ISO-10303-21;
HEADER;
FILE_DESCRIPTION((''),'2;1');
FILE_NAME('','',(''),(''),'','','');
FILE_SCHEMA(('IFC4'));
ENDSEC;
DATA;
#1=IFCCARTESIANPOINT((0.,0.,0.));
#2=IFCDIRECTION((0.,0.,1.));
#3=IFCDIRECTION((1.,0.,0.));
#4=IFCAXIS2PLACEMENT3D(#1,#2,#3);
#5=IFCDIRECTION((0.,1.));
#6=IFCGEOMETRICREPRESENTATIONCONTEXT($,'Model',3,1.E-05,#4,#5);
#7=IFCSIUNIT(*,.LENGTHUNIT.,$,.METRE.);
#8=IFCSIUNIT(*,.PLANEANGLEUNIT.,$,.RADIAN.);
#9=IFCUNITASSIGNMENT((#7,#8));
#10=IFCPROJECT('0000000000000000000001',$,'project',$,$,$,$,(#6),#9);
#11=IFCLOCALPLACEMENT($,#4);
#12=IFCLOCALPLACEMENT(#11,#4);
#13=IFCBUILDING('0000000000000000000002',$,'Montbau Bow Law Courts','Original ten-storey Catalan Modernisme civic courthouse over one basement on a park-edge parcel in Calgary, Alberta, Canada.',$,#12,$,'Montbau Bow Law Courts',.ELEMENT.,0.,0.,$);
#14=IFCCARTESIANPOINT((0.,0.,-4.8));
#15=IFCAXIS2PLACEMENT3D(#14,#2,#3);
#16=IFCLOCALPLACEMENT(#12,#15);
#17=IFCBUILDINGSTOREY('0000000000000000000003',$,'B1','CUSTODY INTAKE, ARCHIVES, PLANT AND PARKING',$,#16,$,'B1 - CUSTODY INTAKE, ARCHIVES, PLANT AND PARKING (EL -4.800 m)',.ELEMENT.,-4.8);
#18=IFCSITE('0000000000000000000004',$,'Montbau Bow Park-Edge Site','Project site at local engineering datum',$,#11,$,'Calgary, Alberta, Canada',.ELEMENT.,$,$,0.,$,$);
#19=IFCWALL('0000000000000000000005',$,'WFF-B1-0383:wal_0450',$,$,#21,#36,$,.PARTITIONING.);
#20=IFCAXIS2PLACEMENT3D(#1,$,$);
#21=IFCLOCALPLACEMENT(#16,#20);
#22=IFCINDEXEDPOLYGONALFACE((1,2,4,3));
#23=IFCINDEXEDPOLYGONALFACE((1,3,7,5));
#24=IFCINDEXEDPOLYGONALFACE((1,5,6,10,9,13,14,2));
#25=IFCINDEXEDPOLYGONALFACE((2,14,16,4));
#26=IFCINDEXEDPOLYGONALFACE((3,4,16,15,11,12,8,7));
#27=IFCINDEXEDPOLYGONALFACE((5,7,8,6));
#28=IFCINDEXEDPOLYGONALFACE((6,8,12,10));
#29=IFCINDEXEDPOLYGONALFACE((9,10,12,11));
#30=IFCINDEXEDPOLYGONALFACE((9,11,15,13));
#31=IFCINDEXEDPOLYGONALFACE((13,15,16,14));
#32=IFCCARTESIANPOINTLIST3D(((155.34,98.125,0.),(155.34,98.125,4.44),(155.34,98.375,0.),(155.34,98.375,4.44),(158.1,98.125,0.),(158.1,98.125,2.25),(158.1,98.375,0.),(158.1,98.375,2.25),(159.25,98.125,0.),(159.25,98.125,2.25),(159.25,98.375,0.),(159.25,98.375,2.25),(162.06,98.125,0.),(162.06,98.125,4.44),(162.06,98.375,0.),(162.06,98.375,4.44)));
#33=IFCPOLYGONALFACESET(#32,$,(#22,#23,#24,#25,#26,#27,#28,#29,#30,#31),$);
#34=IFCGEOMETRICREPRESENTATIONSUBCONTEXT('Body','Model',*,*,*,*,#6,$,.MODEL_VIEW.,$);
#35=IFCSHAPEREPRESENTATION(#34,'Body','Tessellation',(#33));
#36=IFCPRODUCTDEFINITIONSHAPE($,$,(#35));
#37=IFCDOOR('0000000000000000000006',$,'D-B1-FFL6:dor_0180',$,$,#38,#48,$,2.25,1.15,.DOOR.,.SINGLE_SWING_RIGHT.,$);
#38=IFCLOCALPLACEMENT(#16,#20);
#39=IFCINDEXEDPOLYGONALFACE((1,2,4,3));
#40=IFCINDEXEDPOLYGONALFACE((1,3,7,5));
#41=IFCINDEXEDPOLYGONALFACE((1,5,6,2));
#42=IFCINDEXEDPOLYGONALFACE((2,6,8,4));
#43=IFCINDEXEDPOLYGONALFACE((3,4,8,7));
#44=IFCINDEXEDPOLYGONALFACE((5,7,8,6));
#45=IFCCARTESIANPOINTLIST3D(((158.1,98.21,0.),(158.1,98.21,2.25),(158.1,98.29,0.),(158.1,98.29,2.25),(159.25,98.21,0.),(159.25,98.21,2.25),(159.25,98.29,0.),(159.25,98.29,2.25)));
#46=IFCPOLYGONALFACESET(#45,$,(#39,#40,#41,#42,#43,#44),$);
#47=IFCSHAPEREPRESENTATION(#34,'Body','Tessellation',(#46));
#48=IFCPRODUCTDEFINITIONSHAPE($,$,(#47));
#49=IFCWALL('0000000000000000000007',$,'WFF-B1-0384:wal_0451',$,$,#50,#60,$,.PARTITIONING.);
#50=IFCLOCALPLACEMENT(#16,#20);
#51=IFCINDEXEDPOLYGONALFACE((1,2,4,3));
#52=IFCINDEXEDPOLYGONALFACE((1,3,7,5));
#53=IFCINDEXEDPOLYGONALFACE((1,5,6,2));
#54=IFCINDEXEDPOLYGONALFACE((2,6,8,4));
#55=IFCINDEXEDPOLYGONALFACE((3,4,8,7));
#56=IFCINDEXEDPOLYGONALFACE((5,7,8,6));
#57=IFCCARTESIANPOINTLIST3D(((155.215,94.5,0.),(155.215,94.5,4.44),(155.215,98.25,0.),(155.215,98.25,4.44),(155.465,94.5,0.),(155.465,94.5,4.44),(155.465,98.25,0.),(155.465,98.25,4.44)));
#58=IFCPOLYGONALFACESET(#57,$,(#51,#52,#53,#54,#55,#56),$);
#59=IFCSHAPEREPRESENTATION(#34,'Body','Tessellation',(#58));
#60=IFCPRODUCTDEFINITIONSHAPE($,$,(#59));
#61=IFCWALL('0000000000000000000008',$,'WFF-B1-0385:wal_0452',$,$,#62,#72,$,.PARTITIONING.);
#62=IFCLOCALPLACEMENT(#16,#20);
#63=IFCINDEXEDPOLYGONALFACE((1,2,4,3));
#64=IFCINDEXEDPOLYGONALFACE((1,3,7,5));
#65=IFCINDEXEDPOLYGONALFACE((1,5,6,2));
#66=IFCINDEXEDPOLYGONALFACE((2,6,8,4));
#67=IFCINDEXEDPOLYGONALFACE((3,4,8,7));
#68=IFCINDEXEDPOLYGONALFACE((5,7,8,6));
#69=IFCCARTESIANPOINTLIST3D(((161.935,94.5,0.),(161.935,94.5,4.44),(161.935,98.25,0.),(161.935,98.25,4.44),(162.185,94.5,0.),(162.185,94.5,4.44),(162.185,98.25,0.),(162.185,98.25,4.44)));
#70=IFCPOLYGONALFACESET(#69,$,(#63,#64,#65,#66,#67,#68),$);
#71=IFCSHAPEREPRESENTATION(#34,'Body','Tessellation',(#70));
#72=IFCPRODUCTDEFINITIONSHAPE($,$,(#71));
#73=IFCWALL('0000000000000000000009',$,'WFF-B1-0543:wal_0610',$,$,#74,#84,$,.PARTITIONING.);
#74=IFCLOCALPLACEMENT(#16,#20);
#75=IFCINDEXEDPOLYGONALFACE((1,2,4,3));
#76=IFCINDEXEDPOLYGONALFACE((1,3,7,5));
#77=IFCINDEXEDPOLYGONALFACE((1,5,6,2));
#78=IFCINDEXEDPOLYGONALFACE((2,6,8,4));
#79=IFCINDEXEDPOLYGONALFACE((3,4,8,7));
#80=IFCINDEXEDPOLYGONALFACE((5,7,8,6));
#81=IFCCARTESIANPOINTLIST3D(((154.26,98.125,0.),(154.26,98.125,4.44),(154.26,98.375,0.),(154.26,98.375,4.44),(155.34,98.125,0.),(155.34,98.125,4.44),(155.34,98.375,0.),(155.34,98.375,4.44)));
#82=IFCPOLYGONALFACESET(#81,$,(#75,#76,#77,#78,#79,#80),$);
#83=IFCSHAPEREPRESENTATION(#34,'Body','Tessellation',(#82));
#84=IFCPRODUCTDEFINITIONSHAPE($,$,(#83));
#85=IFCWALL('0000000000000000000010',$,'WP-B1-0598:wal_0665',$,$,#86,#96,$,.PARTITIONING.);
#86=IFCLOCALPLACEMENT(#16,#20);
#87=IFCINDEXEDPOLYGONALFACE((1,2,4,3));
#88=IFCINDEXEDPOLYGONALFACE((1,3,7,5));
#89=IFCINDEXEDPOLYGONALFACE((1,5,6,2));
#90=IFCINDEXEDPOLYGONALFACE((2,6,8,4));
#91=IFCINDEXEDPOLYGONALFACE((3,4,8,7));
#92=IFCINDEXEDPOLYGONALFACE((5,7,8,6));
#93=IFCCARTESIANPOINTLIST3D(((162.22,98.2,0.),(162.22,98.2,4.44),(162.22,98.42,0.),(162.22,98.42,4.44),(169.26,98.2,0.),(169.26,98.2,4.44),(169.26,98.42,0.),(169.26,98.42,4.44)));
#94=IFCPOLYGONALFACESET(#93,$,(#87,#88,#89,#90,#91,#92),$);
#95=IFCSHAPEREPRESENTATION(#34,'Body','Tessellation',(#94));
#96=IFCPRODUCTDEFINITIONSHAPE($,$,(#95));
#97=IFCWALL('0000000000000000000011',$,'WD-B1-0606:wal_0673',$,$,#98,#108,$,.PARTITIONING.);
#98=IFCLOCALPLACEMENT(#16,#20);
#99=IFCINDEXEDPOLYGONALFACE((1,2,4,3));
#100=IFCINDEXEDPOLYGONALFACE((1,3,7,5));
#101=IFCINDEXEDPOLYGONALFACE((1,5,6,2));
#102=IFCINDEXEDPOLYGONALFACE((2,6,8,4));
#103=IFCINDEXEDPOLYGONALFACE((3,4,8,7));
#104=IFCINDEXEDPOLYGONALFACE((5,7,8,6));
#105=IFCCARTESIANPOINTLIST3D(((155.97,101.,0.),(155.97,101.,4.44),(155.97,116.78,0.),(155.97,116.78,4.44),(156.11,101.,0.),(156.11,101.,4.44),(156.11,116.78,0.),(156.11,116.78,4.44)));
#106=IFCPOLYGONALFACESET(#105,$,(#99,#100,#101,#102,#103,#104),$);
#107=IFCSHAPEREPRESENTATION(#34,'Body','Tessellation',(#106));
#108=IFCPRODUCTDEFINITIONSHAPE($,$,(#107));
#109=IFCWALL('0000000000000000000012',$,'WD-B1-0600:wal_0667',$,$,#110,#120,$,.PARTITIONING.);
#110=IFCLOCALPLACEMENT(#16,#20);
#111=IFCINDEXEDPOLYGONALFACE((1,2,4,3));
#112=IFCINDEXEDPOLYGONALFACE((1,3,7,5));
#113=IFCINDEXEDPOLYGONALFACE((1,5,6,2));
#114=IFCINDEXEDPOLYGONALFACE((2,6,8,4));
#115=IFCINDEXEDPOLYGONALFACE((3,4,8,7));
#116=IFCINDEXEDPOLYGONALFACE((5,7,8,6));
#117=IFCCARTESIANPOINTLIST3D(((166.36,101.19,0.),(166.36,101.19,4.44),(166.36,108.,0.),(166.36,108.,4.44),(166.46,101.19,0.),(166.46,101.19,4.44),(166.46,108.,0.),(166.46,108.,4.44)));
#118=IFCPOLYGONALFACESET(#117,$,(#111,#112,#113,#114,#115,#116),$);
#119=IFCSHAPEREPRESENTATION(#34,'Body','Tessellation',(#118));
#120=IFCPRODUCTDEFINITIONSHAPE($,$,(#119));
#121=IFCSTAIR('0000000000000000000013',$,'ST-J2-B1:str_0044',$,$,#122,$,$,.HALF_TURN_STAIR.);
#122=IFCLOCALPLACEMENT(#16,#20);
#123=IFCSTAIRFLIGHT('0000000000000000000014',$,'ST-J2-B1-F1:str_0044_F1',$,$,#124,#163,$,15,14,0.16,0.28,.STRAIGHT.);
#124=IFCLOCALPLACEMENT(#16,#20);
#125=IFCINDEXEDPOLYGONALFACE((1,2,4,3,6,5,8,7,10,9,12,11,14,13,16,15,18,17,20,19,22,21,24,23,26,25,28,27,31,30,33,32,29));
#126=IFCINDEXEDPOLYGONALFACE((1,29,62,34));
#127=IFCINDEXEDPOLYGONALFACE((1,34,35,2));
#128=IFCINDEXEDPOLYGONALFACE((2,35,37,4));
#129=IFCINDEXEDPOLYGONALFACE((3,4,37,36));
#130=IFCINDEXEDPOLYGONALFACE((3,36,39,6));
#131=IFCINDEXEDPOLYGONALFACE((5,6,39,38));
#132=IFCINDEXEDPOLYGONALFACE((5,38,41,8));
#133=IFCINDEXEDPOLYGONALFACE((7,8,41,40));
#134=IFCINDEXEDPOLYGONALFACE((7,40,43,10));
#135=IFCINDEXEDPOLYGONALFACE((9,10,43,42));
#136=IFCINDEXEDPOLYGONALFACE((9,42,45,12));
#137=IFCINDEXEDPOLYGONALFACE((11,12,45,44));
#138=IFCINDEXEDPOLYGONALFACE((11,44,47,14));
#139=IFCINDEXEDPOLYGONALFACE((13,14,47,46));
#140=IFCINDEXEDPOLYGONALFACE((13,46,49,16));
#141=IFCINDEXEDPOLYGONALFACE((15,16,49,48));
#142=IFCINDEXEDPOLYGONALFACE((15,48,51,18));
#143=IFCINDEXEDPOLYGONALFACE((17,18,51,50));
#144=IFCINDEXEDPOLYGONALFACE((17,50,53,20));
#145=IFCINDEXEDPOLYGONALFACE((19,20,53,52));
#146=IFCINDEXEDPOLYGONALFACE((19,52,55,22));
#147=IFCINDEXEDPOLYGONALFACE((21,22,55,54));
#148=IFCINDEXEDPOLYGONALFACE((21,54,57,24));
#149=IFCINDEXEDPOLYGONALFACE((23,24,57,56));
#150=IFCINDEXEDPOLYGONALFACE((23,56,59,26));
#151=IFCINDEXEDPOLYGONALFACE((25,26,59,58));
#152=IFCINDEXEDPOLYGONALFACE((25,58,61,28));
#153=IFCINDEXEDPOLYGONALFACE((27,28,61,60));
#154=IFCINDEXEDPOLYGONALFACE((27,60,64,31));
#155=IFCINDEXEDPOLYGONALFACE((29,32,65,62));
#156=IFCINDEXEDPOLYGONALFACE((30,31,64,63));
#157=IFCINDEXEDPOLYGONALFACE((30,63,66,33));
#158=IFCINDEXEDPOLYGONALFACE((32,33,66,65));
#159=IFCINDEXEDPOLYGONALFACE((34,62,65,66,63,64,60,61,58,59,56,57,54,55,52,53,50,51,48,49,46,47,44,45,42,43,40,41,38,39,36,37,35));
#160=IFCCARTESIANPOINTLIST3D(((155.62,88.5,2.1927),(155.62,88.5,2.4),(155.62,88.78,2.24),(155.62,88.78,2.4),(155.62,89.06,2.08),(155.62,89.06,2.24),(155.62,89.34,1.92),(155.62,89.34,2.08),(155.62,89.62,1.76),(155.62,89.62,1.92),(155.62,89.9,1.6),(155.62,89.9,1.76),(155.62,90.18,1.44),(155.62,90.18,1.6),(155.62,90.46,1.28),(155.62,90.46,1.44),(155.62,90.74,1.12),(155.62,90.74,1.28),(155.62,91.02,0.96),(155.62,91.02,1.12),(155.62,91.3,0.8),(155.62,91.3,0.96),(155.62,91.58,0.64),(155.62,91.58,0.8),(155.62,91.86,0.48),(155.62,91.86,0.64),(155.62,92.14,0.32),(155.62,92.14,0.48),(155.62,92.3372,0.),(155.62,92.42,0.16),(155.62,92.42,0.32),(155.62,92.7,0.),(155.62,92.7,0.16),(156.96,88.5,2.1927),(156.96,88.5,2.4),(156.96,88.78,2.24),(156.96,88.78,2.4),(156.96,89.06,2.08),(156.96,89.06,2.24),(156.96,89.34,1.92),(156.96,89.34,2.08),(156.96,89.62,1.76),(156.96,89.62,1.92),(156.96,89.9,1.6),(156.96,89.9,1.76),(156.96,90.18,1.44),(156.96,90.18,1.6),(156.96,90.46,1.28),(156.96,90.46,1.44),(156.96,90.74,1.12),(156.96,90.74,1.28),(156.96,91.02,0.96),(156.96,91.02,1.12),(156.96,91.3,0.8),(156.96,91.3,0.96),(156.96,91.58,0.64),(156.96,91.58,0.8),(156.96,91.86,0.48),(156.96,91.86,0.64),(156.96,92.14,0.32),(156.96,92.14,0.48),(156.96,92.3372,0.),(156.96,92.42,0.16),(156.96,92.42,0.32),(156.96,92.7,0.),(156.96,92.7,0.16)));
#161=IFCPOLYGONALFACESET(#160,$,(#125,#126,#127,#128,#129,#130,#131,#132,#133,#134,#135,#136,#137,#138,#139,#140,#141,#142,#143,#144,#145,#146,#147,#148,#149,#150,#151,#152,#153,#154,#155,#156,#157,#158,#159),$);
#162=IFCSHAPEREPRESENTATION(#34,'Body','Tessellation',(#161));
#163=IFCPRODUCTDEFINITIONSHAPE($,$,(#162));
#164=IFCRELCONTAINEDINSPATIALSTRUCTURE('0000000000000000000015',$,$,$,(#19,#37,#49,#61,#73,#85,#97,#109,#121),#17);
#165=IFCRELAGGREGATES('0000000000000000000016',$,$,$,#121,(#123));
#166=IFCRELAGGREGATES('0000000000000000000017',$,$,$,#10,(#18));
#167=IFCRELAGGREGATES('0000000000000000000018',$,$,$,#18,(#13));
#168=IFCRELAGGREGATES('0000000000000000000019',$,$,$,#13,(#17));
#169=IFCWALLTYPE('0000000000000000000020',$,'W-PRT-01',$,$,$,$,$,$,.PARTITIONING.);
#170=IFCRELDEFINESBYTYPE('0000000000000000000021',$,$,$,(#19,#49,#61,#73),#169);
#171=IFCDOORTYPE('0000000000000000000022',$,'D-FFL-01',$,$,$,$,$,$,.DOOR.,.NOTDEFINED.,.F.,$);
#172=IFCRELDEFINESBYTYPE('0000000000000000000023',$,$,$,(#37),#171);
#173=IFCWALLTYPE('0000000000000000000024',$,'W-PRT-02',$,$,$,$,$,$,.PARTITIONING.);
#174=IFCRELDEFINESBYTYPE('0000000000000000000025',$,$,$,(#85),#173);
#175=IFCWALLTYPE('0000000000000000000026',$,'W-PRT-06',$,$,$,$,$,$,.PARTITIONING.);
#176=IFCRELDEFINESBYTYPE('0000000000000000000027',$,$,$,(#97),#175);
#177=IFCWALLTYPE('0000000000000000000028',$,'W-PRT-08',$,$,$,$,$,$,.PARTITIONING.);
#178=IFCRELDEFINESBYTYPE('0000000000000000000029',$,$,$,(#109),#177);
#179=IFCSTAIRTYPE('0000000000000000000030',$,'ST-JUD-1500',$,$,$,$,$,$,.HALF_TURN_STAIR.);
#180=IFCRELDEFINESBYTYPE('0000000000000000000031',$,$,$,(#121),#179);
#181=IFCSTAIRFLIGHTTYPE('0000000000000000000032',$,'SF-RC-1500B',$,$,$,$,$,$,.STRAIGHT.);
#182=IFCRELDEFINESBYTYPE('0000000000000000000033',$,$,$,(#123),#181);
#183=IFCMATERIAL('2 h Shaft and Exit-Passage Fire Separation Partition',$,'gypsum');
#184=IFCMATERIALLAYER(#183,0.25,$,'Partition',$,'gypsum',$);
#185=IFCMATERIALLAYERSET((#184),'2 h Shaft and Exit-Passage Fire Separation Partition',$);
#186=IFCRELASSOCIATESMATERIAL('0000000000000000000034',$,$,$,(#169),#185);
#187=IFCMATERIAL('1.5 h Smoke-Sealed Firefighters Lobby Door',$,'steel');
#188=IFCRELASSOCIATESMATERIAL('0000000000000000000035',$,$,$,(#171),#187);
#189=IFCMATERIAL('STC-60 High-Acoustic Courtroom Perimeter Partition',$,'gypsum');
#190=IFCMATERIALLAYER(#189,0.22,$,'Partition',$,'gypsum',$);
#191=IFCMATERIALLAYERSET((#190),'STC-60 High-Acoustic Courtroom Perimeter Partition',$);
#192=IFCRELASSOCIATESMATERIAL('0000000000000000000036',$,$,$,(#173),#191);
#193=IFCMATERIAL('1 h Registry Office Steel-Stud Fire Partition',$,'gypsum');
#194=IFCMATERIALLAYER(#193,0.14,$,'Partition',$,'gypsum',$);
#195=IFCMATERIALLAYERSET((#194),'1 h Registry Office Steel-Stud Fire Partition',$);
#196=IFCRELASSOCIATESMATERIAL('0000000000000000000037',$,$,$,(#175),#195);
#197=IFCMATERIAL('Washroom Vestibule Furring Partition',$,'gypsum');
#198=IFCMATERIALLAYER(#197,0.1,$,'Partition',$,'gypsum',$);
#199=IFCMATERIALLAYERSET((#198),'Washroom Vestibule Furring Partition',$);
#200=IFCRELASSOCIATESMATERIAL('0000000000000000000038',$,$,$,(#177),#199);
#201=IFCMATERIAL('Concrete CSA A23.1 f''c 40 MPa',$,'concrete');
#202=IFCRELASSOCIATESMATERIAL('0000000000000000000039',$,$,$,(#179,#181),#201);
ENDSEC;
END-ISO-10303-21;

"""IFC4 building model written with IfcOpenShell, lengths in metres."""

from ifc_helpers import new_model, si_unit, direction, frame, frame_2d, origin_with_axes, place, context, subcontext, project, spatial, polyline, rectangle, outline, extrude, material, layer, layer_set, type_object, element, fill, aggregate, save


model = new_model("IFC4")

# Units and contexts
model_context = context("Model", 3, precision=1e-05, world=origin_with_axes(), true_north=direction((0.0, 1.0)))
body_context = subcontext(model_context, "Body", "Model", "MODEL_VIEW")
ifc_project = project(units=[si_unit("LENGTHUNIT", "METRE"), si_unit("PLANEANGLEUNIT", "RADIAN")], contexts=[model_context])

# Site, building, storey
site_placement = place(None, origin_with_axes())
site = spatial("IfcSite", under=ifc_project, at=site_placement, Name="Montbau Bow Park-Edge Site", Description="Project site at local engineering datum", LongName="Calgary, Alberta, Canada", CompositionType="ELEMENT", RefElevation=0.0)
building_placement = place(site_placement, origin_with_axes())
building = spatial("IfcBuilding", under=site, at=building_placement, Name="Montbau Bow Law Courts", Description="Original ten-storey Catalan Modernisme civic courthouse over one basement on a park-edge parcel in Calgary, Alberta, Canada.", LongName="Montbau Bow Law Courts", CompositionType="ELEMENT", ElevationOfRefHeight=0.0, ElevationOfTerrain=0.0)
storey_placement = place(building_placement, frame((0.0, 0.0, -4.8), z_axis=(0.0, 0.0, 1.0), x_axis=(1.0, 0.0, 0.0)))
storey = spatial("IfcBuildingStorey", under=building, at=storey_placement, Name="B1", Description="CUSTODY INTAKE, ARCHIVES, PLANT AND PARKING", LongName="B1 - CUSTODY INTAKE, ARCHIVES, PLANT AND PARKING (EL -4.800 m)", CompositionType="ELEMENT", Elevation=-4.8)

# Shared definitions
ifc_material_1 = material(Name="2 h Shaft and Exit-Passage Fire Separation Partition", Category="gypsum")
ifc_layer_1 = layer(ifc_material_1, 0.25, Name="Partition", Category="gypsum")
ifc_layer_set_1 = layer_set([ifc_layer_1], Name="2 h Shaft and Exit-Passage Fire Separation Partition")
wall_type_1 = type_object("IfcWallType", Name="W-PRT-01", PredefinedType="PARTITIONING", material=ifc_layer_set_1)

# Shared definitions
ifc_material_2 = material(Name="1.5 h Smoke-Sealed Firefighters Lobby Door", Category="steel")
door_type_1 = type_object("IfcDoorType", Name="D-FFL-01", OperationType="NOTDEFINED", ParameterTakesPrecedence=False, PredefinedType="DOOR", material=ifc_material_2)

# Wall, opening, door
wall_1_placement = place(None, frame((162.06, 98.25, -4.8), z_axis=(0.0, 0.0, 1.0), x_axis=(-1.0, 0.0, 0.0)))
wall_1 = element("IfcWall", 1, at=wall_1_placement, inside=storey, type_object=wall_type_1, Name="WFF-B1-0383:wal_0450", PredefinedType="PARTITIONING", context=body_context, shape_type="SweptSolid", body=[
    extrude(rectangle(XDim=6.72, YDim=0.25, at=frame_2d((3.36, 0.0), x_axis=(1.0, 0.0))), origin_with_axes(), (0.0, 0.0, 1.0), 4.44),
])
opening_1_placement = place(None, frame((158.675, 98.25, -4.8), z_axis=(0.0, 0.0, 1.0), x_axis=(-1.0, 0.0, 0.0)))
opening_1 = element("IfcOpeningElement", 2, at=opening_1_placement, cuts=wall_1, PredefinedType="OPENING", context=body_context, shape_type="SweptSolid", body=[
    extrude(rectangle(XDim=1.15, YDim=2.25, at=frame_2d((0.0, 1.125), x_axis=(1.0, 0.0))), frame((0.0, 0.135, 0.0), z_axis=(0.0, -1.0, 0.0), x_axis=(1.0, 0.0, 0.0)), (0.0, 0.0, 1.0), 0.27),
])
door_1_placement = place(None, frame((158.675, 98.25, -4.8), z_axis=(0.0, 0.0, 1.0), x_axis=(1.0, 0.0, 0.0)))
door_1 = element("IfcDoor", 3, at=door_1_placement, inside=storey, type_object=door_type_1, Name="D-B1-FFL6:dor_0180", OperationType="SINGLE_SWING_RIGHT", OverallHeight=2.25, OverallWidth=1.15, PredefinedType="DOOR", context=body_context, shape_type="SweptSolid", body=[
    extrude(rectangle(XDim=1.15, YDim=2.25, at=frame_2d((0.0, 1.125), x_axis=(1.0, 0.0))), frame((0.0, 0.04, 0.0), z_axis=(0.0, -1.0, 0.0), x_axis=(1.0, 0.0, 0.0)), (0.0, 0.0, 1.0), 0.08),
])
fill(opening_1, door_1)

# Walls
for number, where, z_axis, x_axis, name in (
    (4, (155.34, 94.5, -4.8), (0.0, 0.0, 1.0), (0.0, 1.0, 0.0), "WFF-B1-0384:wal_0451"),
    (5, (162.06, 94.5, -4.8), (0.0, 0.0, 1.0), (0.0, 1.0, 0.0), "WFF-B1-0385:wal_0452"),
):
    element("IfcWall", number, at=place(None, frame(where, z_axis=z_axis, x_axis=x_axis)), inside=storey, type_object=wall_type_1, Name=name, PredefinedType="PARTITIONING", context=body_context, shape_type="SweptSolid", body=[
        extrude(rectangle(XDim=3.75, YDim=0.25, at=frame_2d((1.875, 0.0), x_axis=(1.0, 0.0))), origin_with_axes(), (0.0, 0.0, 1.0), 4.44),
    ])
wall_2_placement = place(None, frame((154.26, 98.25, -4.8), z_axis=(0.0, 0.0, 1.0), x_axis=(1.0, 0.0, 0.0)))
element("IfcWall", 6, at=wall_2_placement, inside=storey, type_object=wall_type_1, Name="WFF-B1-0543:wal_0610", PredefinedType="PARTITIONING", context=body_context, shape_type="SweptSolid", body=[
    extrude(rectangle(XDim=1.08, YDim=0.25, at=frame_2d((0.54, 0.0), x_axis=(1.0, 0.0))), origin_with_axes(), (0.0, 0.0, 1.0), 4.44),
])
ifc_material_3 = material(Name="STC-60 High-Acoustic Courtroom Perimeter Partition", Category="gypsum")
ifc_layer_2 = layer(ifc_material_3, 0.22, Name="Partition", Category="gypsum")
ifc_layer_set_2 = layer_set([ifc_layer_2], Name="STC-60 High-Acoustic Courtroom Perimeter Partition")
wall_type_2 = type_object("IfcWallType", Name="W-PRT-02", PredefinedType="PARTITIONING", material=ifc_layer_set_2)
wall_3_placement = place(None, frame((162.22, 98.31, -4.8), z_axis=(0.0, 0.0, 1.0), x_axis=(1.0, 0.0, 0.0)))
element("IfcWall", 7, at=wall_3_placement, inside=storey, type_object=wall_type_2, Name="WP-B1-0598:wal_0665", PredefinedType="PARTITIONING", context=body_context, shape_type="SweptSolid", body=[
    extrude(rectangle(XDim=7.04, YDim=0.22, at=frame_2d((3.52, 0.0), x_axis=(1.0, 0.0))), origin_with_axes(), (0.0, 0.0, 1.0), 4.44),
])
ifc_material_4 = material(Name="1 h Registry Office Steel-Stud Fire Partition", Category="gypsum")
ifc_layer_3 = layer(ifc_material_4, 0.14, Name="Partition", Category="gypsum")
ifc_layer_set_3 = layer_set([ifc_layer_3], Name="1 h Registry Office Steel-Stud Fire Partition")
wall_type_3 = type_object("IfcWallType", Name="W-PRT-06", PredefinedType="PARTITIONING", material=ifc_layer_set_3)
wall_4_placement = place(None, frame((156.04, 101.0, -4.8), z_axis=(0.0, 0.0, 1.0), x_axis=(0.0, 1.0, 0.0)))
element("IfcWall", 8, at=wall_4_placement, inside=storey, type_object=wall_type_3, Name="WD-B1-0606:wal_0673", PredefinedType="PARTITIONING", context=body_context, shape_type="SweptSolid", body=[
    extrude(rectangle(XDim=15.78, YDim=0.14, at=frame_2d((7.89, 0.0), x_axis=(1.0, 0.0))), origin_with_axes(), (0.0, 0.0, 1.0), 4.44),
])
ifc_material_5 = material(Name="Washroom Vestibule Furring Partition", Category="gypsum")
ifc_layer_4 = layer(ifc_material_5, 0.1, Name="Partition", Category="gypsum")
ifc_layer_set_4 = layer_set([ifc_layer_4], Name="Washroom Vestibule Furring Partition")
wall_type_4 = type_object("IfcWallType", Name="W-PRT-08", PredefinedType="PARTITIONING", material=ifc_layer_set_4)
wall_5_placement = place(None, frame((166.41, 101.19, -4.8), z_axis=(0.0, 0.0, 1.0), x_axis=(0.0, 1.0, 0.0)))
element("IfcWall", 9, at=wall_5_placement, inside=storey, type_object=wall_type_4, Name="WD-B1-0600:wal_0667", PredefinedType="PARTITIONING", context=body_context, shape_type="SweptSolid", body=[
    extrude(rectangle(XDim=6.81, YDim=0.1, at=frame_2d((3.405, 0.0), x_axis=(1.0, 0.0))), origin_with_axes(), (0.0, 0.0, 1.0), 4.44),
])

# Stair, stair flight
ifc_material_6 = material(Name="Concrete CSA A23.1 f'c 40 MPa", Category="concrete")
stair_type = type_object("IfcStairType", Name="ST-JUD-1500", PredefinedType="HALF_TURN_STAIR", material=ifc_material_6)
stair_placement = place(None, frame((156.29, 92.7, -4.8), z_axis=(0.0, 0.0, 1.0), x_axis=(1.0, 0.0, 0.0)))
stair = element("IfcStair", 10, at=stair_placement, inside=storey, type_object=stair_type, Name="ST-J2-B1:str_0044", PredefinedType="HALF_TURN_STAIR")
stair_flight_type = type_object("IfcStairFlightType", Name="SF-RC-1500B", PredefinedType="STRAIGHT", material=ifc_material_6)
stair_flight_1_placement = place(None, frame((156.29, 92.7, -4.8), z_axis=(0.0, 0.0, 1.0), x_axis=(0.0, -1.0, 0.0)))
stair_flight_1 = element("IfcStairFlight", 11, at=stair_flight_1_placement, type_object=stair_flight_type, Name="ST-J2-B1-F1:str_0044_F1", NumberOfRisers=15, NumberOfTreads=14, PredefinedType="STRAIGHT", RiserHeight=0.16, TreadLength=0.28, context=body_context, shape_type="SweptSolid", body=[
    extrude(outline(polyline([(0.0, 0.0), (0.0, 0.16), (0.28, 0.16), (0.28, 0.32), (0.56, 0.32), (0.56, 0.48), (0.84, 0.48), (0.84, 0.64), (1.12, 0.64), (1.12, 0.8), (1.4, 0.8), (1.4, 0.96), (1.68, 0.96), (1.68, 1.12), (1.96, 1.12), (1.96, 1.28), (2.24, 1.28), (2.24, 1.44), (2.52, 1.44), (2.52, 1.6), (2.8, 1.6), (2.8, 1.76), (3.08, 1.76), (3.08, 1.92), (3.36, 1.92), (3.36, 2.08), (3.64, 2.08), (3.64, 2.24), (3.92, 2.24), (3.92, 2.4), (4.2, 2.4), (4.2, 2.1927), (0.3628, 0.0), (0.0, 0.0)])), frame((0.0, 0.67, 0.0), z_axis=(0.0, -1.0, 0.0), x_axis=(1.0, 0.0, 0.0)), (0.0, 0.0, 1.0), 1.34),
])
aggregate(stair, [stair_flight_1])

save(model, "model.ifc")
